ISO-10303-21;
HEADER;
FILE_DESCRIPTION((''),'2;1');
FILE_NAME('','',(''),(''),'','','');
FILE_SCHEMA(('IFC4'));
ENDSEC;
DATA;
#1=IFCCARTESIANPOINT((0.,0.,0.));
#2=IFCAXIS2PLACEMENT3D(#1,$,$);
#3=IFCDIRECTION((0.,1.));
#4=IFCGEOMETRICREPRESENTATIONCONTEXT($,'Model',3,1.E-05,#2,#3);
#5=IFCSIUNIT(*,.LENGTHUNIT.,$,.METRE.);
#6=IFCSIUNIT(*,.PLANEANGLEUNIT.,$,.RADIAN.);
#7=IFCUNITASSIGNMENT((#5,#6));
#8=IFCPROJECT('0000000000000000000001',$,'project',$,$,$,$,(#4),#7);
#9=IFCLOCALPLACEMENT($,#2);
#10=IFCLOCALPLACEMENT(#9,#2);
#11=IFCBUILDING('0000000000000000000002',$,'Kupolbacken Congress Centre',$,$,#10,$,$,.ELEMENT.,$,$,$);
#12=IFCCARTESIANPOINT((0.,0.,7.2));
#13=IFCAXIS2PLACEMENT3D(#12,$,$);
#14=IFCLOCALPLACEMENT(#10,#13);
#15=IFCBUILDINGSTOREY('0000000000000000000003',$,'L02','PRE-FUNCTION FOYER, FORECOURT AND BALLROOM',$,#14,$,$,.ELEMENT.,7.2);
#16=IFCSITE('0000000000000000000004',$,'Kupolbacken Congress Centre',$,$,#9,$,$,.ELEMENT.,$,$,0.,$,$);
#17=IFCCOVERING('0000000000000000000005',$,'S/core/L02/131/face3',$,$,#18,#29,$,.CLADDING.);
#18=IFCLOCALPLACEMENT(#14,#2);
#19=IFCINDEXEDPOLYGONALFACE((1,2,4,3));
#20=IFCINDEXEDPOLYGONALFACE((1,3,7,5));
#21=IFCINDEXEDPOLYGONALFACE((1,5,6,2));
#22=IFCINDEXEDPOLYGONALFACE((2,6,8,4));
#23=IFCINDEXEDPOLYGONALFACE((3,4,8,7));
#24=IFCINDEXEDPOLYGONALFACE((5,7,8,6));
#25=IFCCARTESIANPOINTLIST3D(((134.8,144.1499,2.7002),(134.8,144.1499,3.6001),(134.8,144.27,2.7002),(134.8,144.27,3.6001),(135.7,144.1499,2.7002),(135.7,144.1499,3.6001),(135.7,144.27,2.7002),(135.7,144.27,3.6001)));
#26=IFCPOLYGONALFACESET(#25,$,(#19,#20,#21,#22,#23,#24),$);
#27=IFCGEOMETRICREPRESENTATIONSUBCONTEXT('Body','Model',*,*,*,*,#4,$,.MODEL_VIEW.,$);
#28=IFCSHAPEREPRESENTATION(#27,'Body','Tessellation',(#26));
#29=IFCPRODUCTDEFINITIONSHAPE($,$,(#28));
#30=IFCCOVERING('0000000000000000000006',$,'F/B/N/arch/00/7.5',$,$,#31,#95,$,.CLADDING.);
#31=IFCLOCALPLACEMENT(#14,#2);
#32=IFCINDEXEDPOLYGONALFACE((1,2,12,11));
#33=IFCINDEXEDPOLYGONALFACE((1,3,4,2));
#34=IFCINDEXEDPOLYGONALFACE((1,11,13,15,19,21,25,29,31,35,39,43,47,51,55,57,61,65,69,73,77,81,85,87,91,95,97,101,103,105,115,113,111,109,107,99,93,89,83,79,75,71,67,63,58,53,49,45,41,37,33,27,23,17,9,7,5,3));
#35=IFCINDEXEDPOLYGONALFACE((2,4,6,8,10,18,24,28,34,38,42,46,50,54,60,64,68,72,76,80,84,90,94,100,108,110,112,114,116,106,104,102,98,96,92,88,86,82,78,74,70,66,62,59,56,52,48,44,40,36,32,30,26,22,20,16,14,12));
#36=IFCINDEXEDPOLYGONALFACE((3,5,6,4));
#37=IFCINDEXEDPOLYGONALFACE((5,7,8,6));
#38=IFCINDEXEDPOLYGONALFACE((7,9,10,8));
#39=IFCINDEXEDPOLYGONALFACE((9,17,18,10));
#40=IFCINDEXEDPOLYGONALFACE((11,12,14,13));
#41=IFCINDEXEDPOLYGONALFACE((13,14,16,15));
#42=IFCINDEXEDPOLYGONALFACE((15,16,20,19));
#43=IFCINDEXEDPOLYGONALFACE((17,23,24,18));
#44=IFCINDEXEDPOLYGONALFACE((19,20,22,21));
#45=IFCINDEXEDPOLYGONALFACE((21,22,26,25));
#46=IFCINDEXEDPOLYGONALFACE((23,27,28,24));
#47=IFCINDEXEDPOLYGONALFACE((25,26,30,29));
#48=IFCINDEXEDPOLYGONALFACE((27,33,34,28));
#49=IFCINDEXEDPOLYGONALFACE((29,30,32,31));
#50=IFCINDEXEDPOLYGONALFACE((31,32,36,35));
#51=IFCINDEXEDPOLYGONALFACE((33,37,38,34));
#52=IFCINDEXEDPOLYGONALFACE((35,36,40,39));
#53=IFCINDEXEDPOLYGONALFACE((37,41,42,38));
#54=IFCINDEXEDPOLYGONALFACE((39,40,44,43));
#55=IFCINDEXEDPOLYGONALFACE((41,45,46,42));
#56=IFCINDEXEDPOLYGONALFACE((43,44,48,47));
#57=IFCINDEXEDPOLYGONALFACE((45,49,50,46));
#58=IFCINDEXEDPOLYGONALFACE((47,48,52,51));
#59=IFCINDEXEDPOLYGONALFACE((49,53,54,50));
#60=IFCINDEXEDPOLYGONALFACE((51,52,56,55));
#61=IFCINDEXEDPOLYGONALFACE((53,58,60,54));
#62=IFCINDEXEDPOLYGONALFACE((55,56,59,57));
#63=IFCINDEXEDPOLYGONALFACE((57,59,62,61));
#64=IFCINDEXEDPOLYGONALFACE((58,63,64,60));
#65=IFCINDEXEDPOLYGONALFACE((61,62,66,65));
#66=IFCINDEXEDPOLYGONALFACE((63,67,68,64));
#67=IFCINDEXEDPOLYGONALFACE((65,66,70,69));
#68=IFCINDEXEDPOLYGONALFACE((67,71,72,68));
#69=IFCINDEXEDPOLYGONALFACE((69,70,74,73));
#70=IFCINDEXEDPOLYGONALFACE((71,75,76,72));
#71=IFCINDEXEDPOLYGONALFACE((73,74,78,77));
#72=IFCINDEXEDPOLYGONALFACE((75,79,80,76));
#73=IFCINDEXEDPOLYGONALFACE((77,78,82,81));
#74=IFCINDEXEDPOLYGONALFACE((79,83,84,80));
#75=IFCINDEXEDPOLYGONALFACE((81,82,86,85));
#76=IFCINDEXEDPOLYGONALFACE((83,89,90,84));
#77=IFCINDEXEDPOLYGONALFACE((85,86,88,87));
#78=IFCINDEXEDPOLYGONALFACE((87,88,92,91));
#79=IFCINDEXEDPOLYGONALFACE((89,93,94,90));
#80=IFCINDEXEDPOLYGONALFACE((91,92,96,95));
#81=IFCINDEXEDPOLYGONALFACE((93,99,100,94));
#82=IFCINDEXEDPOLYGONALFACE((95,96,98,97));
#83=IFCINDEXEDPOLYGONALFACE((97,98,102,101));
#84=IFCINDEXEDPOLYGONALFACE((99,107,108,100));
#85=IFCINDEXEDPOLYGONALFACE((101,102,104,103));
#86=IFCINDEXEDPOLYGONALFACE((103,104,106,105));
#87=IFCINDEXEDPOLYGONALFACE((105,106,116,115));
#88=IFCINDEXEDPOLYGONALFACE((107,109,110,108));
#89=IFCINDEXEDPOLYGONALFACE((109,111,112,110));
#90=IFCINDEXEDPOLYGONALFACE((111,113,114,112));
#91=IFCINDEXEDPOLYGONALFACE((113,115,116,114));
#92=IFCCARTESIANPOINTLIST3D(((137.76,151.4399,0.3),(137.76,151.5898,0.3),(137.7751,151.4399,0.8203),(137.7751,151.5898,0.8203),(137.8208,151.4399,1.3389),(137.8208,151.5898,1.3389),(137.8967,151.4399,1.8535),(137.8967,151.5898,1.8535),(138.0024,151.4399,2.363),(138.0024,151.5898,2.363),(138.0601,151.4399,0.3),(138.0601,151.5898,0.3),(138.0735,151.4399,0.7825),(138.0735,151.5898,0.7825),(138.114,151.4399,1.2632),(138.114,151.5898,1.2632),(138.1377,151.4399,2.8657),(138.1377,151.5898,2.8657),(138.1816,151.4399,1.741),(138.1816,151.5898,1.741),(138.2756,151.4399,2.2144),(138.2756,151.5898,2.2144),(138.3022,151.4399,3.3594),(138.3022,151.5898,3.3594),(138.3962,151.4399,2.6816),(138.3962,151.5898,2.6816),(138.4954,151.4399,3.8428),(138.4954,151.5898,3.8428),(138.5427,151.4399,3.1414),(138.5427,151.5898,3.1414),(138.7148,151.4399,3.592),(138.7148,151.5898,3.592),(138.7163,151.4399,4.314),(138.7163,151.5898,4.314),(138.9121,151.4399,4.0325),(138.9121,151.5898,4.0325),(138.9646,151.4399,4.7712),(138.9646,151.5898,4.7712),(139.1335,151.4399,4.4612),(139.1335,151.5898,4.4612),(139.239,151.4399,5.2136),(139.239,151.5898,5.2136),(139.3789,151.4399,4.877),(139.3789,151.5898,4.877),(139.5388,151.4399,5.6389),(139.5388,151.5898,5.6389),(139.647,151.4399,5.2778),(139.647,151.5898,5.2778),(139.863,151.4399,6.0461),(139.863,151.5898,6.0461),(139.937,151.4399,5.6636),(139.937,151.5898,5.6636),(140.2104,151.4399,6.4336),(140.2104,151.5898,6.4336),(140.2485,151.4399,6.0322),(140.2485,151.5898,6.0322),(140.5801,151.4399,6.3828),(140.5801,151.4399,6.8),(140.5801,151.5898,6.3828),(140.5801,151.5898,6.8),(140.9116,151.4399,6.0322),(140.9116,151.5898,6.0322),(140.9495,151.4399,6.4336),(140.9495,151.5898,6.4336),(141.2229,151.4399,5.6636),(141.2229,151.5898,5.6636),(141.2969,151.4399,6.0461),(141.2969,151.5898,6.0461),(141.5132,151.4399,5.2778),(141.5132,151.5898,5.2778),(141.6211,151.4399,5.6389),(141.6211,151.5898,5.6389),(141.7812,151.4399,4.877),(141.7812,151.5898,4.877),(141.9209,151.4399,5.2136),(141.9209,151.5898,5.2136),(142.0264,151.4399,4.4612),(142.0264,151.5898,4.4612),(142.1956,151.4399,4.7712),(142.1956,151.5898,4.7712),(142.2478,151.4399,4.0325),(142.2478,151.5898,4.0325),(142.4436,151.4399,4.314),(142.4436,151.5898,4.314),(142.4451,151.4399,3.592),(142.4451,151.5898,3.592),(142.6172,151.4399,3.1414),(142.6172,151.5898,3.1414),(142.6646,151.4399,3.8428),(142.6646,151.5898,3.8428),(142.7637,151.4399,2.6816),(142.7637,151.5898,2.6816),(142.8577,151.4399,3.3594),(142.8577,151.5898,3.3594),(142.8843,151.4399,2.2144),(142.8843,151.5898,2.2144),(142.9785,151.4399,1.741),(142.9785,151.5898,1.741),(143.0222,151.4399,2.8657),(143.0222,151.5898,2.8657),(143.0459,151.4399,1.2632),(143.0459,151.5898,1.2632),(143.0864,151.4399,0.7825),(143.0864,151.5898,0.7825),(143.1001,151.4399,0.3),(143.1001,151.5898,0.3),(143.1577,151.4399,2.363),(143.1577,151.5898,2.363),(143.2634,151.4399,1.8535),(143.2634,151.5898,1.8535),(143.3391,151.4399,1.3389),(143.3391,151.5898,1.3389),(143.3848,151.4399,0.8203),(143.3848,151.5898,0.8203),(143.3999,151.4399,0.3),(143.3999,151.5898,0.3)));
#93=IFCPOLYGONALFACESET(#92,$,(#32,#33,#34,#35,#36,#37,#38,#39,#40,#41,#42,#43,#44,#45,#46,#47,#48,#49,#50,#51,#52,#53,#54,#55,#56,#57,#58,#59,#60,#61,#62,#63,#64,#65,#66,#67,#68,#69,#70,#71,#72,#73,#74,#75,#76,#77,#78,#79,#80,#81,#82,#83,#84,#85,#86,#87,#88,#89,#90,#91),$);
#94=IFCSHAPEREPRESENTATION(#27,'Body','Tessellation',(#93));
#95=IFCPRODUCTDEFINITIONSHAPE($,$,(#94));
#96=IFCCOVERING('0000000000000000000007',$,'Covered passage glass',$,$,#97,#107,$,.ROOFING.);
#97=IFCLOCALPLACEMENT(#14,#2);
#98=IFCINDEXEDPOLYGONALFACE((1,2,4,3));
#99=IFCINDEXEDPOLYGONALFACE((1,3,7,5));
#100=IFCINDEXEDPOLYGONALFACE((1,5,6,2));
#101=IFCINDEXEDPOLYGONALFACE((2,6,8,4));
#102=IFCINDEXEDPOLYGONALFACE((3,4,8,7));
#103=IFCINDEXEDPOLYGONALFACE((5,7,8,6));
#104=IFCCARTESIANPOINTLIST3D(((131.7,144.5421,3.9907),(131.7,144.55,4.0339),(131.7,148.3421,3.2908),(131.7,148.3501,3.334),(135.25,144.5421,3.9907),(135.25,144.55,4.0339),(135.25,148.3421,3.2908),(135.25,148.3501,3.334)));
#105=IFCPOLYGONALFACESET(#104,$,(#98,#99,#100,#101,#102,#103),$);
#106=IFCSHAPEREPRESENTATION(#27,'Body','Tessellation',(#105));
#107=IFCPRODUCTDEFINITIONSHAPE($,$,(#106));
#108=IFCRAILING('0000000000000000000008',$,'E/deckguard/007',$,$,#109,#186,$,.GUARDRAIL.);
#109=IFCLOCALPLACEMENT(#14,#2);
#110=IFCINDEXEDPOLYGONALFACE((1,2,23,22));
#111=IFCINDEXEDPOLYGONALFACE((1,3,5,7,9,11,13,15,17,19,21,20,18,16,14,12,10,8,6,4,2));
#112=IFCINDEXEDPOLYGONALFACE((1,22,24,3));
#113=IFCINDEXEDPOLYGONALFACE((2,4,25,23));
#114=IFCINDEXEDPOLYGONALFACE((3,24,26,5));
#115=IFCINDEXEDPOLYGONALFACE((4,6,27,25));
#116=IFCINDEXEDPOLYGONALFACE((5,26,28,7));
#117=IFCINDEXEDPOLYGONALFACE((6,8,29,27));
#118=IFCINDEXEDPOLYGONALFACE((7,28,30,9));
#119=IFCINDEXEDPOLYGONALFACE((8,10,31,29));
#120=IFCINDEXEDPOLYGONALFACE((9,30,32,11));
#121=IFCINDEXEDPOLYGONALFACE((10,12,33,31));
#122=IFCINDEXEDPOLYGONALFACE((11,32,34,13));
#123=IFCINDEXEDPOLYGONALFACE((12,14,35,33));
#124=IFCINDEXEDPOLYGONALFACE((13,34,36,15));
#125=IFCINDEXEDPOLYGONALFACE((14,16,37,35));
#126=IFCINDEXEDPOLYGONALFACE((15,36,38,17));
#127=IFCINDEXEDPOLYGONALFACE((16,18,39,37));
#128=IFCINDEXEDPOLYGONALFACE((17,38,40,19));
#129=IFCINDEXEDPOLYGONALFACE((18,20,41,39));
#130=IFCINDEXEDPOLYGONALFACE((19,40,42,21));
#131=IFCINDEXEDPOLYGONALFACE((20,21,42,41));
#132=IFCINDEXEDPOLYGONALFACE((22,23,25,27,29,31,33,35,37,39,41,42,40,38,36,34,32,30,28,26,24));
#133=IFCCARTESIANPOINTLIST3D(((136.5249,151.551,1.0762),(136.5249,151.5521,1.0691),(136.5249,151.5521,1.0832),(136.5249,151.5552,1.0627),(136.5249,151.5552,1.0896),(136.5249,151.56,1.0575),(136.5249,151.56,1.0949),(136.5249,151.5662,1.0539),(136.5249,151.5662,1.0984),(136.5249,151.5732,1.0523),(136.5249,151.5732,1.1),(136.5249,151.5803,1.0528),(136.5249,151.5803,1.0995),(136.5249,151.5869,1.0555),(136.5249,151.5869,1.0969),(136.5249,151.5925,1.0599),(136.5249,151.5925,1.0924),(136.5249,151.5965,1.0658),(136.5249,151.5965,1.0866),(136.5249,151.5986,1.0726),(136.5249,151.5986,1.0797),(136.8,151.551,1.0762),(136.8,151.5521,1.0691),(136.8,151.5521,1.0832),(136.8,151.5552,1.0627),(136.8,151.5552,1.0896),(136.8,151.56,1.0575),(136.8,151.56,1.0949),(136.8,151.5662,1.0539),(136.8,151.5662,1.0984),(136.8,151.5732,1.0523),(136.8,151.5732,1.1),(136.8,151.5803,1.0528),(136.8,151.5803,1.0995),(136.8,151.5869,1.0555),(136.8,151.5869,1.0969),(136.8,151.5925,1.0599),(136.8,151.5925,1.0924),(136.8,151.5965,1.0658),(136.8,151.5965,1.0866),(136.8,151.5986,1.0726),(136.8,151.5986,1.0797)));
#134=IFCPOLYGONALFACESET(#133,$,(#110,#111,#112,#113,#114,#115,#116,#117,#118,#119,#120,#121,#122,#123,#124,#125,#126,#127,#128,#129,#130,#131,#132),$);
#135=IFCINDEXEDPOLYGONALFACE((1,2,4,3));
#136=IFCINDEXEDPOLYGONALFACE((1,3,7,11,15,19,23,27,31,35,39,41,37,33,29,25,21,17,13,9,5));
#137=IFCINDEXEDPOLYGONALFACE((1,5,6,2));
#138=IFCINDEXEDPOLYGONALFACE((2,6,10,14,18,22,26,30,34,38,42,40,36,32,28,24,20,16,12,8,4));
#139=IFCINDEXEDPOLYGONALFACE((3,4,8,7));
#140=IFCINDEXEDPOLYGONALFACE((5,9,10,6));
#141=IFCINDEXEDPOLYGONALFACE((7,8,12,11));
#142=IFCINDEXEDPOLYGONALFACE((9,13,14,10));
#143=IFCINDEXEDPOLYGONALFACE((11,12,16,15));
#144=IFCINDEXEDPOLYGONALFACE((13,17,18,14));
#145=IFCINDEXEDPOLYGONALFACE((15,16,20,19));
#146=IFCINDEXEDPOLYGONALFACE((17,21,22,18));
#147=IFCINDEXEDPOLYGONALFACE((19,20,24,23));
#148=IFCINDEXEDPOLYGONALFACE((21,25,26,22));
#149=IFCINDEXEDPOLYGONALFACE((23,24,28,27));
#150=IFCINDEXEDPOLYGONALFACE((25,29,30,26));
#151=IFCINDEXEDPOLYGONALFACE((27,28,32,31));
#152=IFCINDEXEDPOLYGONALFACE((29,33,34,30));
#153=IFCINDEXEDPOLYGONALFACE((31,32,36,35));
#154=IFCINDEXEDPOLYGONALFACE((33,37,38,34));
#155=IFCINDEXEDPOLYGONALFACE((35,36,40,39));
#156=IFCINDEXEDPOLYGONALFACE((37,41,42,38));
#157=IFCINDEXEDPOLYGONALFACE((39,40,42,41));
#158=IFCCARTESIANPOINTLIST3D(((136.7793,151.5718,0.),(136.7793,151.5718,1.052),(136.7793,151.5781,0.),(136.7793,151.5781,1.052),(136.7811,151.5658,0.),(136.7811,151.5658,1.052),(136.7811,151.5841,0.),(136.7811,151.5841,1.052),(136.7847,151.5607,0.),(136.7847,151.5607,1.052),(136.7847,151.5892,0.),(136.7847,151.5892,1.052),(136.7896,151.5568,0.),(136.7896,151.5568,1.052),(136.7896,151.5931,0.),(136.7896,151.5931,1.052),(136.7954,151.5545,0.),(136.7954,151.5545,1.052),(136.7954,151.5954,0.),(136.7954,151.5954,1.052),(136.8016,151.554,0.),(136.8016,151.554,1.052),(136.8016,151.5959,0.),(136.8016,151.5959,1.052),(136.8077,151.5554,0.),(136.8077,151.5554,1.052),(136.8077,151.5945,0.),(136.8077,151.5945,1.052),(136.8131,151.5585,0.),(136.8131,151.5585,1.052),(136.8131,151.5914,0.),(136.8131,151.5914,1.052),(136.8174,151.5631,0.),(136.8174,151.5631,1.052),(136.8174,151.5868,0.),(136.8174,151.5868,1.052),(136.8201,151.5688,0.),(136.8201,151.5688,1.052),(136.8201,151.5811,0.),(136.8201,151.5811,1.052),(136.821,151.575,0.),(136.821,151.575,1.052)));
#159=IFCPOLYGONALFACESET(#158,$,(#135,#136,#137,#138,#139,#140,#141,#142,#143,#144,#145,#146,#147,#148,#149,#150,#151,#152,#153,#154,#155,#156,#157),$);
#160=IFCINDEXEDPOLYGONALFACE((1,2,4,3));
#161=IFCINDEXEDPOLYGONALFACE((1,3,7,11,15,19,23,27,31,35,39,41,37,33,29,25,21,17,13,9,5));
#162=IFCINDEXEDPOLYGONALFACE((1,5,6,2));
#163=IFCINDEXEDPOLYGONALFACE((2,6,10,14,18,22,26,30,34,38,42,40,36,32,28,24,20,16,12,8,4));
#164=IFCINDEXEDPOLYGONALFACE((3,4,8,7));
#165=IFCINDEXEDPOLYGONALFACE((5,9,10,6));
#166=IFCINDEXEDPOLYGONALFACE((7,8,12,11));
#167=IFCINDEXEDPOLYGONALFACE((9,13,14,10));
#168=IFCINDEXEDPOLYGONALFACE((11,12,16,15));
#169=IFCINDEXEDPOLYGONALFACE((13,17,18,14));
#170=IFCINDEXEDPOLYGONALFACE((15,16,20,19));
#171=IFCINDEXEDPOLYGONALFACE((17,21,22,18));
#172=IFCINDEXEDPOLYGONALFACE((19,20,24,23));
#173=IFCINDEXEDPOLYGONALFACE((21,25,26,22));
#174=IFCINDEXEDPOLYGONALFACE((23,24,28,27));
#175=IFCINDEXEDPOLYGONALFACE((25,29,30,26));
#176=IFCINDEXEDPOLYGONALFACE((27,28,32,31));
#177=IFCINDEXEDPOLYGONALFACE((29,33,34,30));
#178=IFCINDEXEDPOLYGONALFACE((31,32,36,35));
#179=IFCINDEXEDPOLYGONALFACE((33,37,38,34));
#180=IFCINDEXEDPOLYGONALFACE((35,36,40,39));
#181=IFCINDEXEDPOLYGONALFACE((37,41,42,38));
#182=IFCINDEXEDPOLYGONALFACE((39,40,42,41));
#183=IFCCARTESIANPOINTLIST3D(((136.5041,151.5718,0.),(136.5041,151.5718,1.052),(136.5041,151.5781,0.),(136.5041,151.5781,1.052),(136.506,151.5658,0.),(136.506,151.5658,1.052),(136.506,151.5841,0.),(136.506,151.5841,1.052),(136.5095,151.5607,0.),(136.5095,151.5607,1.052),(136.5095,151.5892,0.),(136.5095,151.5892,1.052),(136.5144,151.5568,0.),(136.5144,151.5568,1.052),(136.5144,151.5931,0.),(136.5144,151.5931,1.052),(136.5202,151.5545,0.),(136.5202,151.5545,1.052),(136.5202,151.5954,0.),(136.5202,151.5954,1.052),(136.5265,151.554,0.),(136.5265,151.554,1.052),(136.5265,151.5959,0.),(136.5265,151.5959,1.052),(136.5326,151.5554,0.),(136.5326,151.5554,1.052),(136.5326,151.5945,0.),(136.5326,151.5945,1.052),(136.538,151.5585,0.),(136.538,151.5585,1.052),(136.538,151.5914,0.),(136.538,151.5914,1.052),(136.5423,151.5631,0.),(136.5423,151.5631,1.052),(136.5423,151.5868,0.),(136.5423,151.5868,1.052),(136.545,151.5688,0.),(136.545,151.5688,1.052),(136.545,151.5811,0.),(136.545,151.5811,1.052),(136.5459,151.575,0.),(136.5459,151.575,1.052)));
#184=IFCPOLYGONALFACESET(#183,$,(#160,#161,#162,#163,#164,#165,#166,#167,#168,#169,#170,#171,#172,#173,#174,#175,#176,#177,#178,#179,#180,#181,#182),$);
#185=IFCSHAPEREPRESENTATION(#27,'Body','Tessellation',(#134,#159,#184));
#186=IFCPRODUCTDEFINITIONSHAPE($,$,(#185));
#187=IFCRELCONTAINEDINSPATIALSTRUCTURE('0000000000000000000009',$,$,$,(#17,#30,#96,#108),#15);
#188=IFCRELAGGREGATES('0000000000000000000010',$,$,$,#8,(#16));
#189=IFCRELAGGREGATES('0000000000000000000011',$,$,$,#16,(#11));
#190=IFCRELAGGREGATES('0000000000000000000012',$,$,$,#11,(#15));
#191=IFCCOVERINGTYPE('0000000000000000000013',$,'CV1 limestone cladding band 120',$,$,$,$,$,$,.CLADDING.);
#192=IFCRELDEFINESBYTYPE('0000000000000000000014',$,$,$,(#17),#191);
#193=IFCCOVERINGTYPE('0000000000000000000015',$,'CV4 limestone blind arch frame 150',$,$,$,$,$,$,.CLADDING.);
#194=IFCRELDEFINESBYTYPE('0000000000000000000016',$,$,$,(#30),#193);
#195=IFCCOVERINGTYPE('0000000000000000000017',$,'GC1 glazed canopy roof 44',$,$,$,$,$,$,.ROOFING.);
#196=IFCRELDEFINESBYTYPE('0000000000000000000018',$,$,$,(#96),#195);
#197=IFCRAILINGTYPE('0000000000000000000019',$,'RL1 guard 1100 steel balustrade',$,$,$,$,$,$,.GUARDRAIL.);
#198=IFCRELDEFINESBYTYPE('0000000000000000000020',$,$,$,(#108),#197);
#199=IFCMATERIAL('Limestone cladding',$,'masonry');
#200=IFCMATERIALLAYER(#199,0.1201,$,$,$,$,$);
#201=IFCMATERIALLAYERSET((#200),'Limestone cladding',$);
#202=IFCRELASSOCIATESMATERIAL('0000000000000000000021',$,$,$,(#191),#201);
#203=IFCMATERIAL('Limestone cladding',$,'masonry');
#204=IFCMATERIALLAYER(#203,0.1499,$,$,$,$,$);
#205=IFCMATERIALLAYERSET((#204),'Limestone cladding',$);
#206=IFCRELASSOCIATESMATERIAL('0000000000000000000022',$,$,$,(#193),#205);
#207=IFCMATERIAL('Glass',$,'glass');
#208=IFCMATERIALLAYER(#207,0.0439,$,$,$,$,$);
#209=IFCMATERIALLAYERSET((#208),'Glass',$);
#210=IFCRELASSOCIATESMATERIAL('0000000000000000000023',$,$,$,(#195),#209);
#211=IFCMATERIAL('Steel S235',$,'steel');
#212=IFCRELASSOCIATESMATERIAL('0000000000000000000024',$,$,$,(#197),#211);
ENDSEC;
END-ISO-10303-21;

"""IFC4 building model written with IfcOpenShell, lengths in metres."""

from ifc_helpers import new_model, si_unit, direction, frame, origin, origin_2d, place, context, subcontext, project, spatial, polyline, rectangle, circle, outline, extrude, material, layer, layer_set, type_object, element, save


model = new_model("IFC4")

# Units and contexts
model_context = context("Model", 3, precision=1e-05, world=origin(), true_north=direction((0.0, 1.0)))
body_context = subcontext(model_context, "Body", "Model", "MODEL_VIEW")
ifc_project = project(units=[si_unit("LENGTHUNIT", "METRE"), si_unit("PLANEANGLEUNIT", "RADIAN")], contexts=[model_context])

# Site, building, storey
site_placement = place(None, origin())
site = spatial("IfcSite", under=ifc_project, at=site_placement, Name="Kupolbacken Congress Centre", CompositionType="ELEMENT", RefElevation=0.0)
building_placement = place(site_placement, origin())
building = spatial("IfcBuilding", under=site, at=building_placement, Name="Kupolbacken Congress Centre", CompositionType="ELEMENT")
storey_placement = place(building_placement, frame((0.0, 0.0, 7.2)))
storey = spatial("IfcBuildingStorey", under=building, at=storey_placement, Name="L02", Description="PRE-FUNCTION FOYER, FORECOURT AND BALLROOM", CompositionType="ELEMENT", Elevation=7.2)

# Coverings
ifc_material_1 = material(Name="Limestone cladding", Category="masonry")
ifc_layer_1 = layer(ifc_material_1, 0.1201)
ifc_layer_set_1 = layer_set([ifc_layer_1], Name="Limestone cladding")
covering_type_1 = type_object("IfcCoveringType", Name="CV1 limestone cladding band 120", PredefinedType="CLADDING", material=ifc_layer_set_1)
covering_1_placement = place(storey_placement, frame((135.25, 144.21, 2.7002), z_axis=(0.0, 0.0, 1.0), x_axis=(-1.0, 0.0, 0.0)))
element("IfcCovering", 1, at=covering_1_placement, inside=storey, type_object=covering_type_1, Name="S/core/L02/131/face3", PredefinedType="CLADDING", context=body_context, shape_type="SweptSolid", body=[
    extrude(rectangle(XDim=0.8999, YDim=0.1201, at=origin_2d()), origin(), (0.0, 0.0, 1.0), 0.8999),
])
ifc_material_2 = material(Name="Limestone cladding", Category="masonry")
ifc_layer_2 = layer(ifc_material_2, 0.1499)
ifc_layer_set_2 = layer_set([ifc_layer_2], Name="Limestone cladding")
covering_type_2 = type_object("IfcCoveringType", Name="CV4 limestone blind arch frame 150", PredefinedType="CLADDING", material=ifc_layer_set_2)
covering_2_placement = place(storey_placement, frame((137.76, 151.4399, 0.3), z_axis=(0.0, 1.0, 0.0), x_axis=(-1.0, 0.0, 0.0)))
element("IfcCovering", 2, at=covering_2_placement, inside=storey, type_object=covering_type_2, Name="F/B/N/arch/00/7.5", PredefinedType="CLADDING", context=body_context, shape_type="SweptSolid", body=[
    extrude(outline(polyline([(0.0, 0.0), (-0.0151, 0.5203), (-0.0608, 1.0388), (-0.1367, 1.5535), (-0.2424, 2.063), (-0.3777, 2.5657), (-0.5422, 3.0593), (-0.7354, 3.5427), (-0.9563, 4.0139), (-1.2046, 4.4712), (-1.479, 4.9136), (-1.7788, 5.3389), (-2.103, 5.7461), (-2.4504, 6.1335), (-2.8201, 6.5), (-3.1895, 6.1335), (-3.5369, 5.7461), (-3.8611, 5.3389), (-4.1609, 4.9136), (-4.4355, 4.4712), (-4.6836, 4.0139), (-4.9045, 3.5427), (-5.0977, 3.0593), (-5.2622, 2.5657), (-5.3977, 2.063), (-5.5034, 1.5535), (-5.5791, 1.0388), (-5.6248, 0.5203), (-5.6399, 0.0), (-5.3401, 0.0), (-5.3264, 0.4824), (-5.2859, 0.9631), (-5.2185, 1.4409), (-5.1243, 1.9143), (-5.0037, 2.3816), (-4.8572, 2.8413), (-4.6851, 3.292), (-4.4878, 3.7324), (-4.2664, 4.1611), (-4.0212, 4.5769), (-3.7532, 4.9778), (-3.4629, 5.3635), (-3.1516, 5.7322), (-2.8201, 6.0828), (-2.4885, 5.7322), (-2.177, 5.3635), (-1.887, 4.9778), (-1.6189, 4.5769), (-1.3735, 4.1611), (-1.1521, 3.7324), (-0.9548, 3.292), (-0.7827, 2.8413), (-0.6362, 2.3816), (-0.5156, 1.9143), (-0.4216, 1.4409), (-0.354, 0.9631), (-0.3135, 0.4824), (-0.3, 0.0), (0.0, 0.0)])), origin(), (0.0, 0.0, 1.0), 0.1499),
])
ifc_material_3 = material(Name="Glass", Category="glass")
ifc_layer_3 = layer(ifc_material_3, 0.0439)
ifc_layer_set_3 = layer_set([ifc_layer_3], Name="Glass")
covering_type_3 = type_object("IfcCoveringType", Name="GC1 glazed canopy roof 44", PredefinedType="ROOFING", material=ifc_layer_set_3)
covering_3_placement = place(storey_placement, frame((131.7, 144.55, 4.0339), z_axis=(0.0, 0.181148, 0.983456), x_axis=(1.0, 0.0, 0.0)))
element("IfcCovering", 3, at=covering_3_placement, inside=storey, type_object=covering_type_3, Name="Covered passage glass", PredefinedType="ROOFING", context=body_context, shape_type="SweptSolid", body=[
    extrude(outline(polyline([(0.0, 0.0), (3.55, 0.0), (3.55, 3.864), (0.0, 3.864), (0.0, 0.0)])), origin(), (0.0, 0.0, -1.0), 0.0439),
])

# Railing
ifc_material_4 = material(Name="Steel S235", Category="steel")
railing_type_1 = type_object("IfcRailingType", Name="RL1 guard 1100 steel balustrade", PredefinedType="GUARDRAIL", material=ifc_material_4)
railing_1_placement = place(storey_placement, frame((136.8, 151.575, 0.0)))
element("IfcRailing", 4, at=railing_1_placement, inside=storey, type_object=railing_type_1, Name="E/deckguard/007", PredefinedType="GUARDRAIL", context=body_context, shape_type="SweptSolid", body=[
    extrude(circle(Radius=0.0239, at=origin_2d()), frame((0.0, 0.0, 1.0762), z_axis=(-1.0, 0.0, 0.0), x_axis=(0.0, -1.0, 0.0)), (0.0, 0.0, 1.0), 0.2751),
    extrude(circle(Radius=0.021, at=origin_2d()), origin(), (0.0, 0.0, 1.0), 1.052),
    extrude(circle(Radius=0.021, at=origin_2d()), frame((-0.2751, 0.0, 0.0)), (0.0, 0.0, 1.0), 1.052),
])

save(model, "model.ifc")
